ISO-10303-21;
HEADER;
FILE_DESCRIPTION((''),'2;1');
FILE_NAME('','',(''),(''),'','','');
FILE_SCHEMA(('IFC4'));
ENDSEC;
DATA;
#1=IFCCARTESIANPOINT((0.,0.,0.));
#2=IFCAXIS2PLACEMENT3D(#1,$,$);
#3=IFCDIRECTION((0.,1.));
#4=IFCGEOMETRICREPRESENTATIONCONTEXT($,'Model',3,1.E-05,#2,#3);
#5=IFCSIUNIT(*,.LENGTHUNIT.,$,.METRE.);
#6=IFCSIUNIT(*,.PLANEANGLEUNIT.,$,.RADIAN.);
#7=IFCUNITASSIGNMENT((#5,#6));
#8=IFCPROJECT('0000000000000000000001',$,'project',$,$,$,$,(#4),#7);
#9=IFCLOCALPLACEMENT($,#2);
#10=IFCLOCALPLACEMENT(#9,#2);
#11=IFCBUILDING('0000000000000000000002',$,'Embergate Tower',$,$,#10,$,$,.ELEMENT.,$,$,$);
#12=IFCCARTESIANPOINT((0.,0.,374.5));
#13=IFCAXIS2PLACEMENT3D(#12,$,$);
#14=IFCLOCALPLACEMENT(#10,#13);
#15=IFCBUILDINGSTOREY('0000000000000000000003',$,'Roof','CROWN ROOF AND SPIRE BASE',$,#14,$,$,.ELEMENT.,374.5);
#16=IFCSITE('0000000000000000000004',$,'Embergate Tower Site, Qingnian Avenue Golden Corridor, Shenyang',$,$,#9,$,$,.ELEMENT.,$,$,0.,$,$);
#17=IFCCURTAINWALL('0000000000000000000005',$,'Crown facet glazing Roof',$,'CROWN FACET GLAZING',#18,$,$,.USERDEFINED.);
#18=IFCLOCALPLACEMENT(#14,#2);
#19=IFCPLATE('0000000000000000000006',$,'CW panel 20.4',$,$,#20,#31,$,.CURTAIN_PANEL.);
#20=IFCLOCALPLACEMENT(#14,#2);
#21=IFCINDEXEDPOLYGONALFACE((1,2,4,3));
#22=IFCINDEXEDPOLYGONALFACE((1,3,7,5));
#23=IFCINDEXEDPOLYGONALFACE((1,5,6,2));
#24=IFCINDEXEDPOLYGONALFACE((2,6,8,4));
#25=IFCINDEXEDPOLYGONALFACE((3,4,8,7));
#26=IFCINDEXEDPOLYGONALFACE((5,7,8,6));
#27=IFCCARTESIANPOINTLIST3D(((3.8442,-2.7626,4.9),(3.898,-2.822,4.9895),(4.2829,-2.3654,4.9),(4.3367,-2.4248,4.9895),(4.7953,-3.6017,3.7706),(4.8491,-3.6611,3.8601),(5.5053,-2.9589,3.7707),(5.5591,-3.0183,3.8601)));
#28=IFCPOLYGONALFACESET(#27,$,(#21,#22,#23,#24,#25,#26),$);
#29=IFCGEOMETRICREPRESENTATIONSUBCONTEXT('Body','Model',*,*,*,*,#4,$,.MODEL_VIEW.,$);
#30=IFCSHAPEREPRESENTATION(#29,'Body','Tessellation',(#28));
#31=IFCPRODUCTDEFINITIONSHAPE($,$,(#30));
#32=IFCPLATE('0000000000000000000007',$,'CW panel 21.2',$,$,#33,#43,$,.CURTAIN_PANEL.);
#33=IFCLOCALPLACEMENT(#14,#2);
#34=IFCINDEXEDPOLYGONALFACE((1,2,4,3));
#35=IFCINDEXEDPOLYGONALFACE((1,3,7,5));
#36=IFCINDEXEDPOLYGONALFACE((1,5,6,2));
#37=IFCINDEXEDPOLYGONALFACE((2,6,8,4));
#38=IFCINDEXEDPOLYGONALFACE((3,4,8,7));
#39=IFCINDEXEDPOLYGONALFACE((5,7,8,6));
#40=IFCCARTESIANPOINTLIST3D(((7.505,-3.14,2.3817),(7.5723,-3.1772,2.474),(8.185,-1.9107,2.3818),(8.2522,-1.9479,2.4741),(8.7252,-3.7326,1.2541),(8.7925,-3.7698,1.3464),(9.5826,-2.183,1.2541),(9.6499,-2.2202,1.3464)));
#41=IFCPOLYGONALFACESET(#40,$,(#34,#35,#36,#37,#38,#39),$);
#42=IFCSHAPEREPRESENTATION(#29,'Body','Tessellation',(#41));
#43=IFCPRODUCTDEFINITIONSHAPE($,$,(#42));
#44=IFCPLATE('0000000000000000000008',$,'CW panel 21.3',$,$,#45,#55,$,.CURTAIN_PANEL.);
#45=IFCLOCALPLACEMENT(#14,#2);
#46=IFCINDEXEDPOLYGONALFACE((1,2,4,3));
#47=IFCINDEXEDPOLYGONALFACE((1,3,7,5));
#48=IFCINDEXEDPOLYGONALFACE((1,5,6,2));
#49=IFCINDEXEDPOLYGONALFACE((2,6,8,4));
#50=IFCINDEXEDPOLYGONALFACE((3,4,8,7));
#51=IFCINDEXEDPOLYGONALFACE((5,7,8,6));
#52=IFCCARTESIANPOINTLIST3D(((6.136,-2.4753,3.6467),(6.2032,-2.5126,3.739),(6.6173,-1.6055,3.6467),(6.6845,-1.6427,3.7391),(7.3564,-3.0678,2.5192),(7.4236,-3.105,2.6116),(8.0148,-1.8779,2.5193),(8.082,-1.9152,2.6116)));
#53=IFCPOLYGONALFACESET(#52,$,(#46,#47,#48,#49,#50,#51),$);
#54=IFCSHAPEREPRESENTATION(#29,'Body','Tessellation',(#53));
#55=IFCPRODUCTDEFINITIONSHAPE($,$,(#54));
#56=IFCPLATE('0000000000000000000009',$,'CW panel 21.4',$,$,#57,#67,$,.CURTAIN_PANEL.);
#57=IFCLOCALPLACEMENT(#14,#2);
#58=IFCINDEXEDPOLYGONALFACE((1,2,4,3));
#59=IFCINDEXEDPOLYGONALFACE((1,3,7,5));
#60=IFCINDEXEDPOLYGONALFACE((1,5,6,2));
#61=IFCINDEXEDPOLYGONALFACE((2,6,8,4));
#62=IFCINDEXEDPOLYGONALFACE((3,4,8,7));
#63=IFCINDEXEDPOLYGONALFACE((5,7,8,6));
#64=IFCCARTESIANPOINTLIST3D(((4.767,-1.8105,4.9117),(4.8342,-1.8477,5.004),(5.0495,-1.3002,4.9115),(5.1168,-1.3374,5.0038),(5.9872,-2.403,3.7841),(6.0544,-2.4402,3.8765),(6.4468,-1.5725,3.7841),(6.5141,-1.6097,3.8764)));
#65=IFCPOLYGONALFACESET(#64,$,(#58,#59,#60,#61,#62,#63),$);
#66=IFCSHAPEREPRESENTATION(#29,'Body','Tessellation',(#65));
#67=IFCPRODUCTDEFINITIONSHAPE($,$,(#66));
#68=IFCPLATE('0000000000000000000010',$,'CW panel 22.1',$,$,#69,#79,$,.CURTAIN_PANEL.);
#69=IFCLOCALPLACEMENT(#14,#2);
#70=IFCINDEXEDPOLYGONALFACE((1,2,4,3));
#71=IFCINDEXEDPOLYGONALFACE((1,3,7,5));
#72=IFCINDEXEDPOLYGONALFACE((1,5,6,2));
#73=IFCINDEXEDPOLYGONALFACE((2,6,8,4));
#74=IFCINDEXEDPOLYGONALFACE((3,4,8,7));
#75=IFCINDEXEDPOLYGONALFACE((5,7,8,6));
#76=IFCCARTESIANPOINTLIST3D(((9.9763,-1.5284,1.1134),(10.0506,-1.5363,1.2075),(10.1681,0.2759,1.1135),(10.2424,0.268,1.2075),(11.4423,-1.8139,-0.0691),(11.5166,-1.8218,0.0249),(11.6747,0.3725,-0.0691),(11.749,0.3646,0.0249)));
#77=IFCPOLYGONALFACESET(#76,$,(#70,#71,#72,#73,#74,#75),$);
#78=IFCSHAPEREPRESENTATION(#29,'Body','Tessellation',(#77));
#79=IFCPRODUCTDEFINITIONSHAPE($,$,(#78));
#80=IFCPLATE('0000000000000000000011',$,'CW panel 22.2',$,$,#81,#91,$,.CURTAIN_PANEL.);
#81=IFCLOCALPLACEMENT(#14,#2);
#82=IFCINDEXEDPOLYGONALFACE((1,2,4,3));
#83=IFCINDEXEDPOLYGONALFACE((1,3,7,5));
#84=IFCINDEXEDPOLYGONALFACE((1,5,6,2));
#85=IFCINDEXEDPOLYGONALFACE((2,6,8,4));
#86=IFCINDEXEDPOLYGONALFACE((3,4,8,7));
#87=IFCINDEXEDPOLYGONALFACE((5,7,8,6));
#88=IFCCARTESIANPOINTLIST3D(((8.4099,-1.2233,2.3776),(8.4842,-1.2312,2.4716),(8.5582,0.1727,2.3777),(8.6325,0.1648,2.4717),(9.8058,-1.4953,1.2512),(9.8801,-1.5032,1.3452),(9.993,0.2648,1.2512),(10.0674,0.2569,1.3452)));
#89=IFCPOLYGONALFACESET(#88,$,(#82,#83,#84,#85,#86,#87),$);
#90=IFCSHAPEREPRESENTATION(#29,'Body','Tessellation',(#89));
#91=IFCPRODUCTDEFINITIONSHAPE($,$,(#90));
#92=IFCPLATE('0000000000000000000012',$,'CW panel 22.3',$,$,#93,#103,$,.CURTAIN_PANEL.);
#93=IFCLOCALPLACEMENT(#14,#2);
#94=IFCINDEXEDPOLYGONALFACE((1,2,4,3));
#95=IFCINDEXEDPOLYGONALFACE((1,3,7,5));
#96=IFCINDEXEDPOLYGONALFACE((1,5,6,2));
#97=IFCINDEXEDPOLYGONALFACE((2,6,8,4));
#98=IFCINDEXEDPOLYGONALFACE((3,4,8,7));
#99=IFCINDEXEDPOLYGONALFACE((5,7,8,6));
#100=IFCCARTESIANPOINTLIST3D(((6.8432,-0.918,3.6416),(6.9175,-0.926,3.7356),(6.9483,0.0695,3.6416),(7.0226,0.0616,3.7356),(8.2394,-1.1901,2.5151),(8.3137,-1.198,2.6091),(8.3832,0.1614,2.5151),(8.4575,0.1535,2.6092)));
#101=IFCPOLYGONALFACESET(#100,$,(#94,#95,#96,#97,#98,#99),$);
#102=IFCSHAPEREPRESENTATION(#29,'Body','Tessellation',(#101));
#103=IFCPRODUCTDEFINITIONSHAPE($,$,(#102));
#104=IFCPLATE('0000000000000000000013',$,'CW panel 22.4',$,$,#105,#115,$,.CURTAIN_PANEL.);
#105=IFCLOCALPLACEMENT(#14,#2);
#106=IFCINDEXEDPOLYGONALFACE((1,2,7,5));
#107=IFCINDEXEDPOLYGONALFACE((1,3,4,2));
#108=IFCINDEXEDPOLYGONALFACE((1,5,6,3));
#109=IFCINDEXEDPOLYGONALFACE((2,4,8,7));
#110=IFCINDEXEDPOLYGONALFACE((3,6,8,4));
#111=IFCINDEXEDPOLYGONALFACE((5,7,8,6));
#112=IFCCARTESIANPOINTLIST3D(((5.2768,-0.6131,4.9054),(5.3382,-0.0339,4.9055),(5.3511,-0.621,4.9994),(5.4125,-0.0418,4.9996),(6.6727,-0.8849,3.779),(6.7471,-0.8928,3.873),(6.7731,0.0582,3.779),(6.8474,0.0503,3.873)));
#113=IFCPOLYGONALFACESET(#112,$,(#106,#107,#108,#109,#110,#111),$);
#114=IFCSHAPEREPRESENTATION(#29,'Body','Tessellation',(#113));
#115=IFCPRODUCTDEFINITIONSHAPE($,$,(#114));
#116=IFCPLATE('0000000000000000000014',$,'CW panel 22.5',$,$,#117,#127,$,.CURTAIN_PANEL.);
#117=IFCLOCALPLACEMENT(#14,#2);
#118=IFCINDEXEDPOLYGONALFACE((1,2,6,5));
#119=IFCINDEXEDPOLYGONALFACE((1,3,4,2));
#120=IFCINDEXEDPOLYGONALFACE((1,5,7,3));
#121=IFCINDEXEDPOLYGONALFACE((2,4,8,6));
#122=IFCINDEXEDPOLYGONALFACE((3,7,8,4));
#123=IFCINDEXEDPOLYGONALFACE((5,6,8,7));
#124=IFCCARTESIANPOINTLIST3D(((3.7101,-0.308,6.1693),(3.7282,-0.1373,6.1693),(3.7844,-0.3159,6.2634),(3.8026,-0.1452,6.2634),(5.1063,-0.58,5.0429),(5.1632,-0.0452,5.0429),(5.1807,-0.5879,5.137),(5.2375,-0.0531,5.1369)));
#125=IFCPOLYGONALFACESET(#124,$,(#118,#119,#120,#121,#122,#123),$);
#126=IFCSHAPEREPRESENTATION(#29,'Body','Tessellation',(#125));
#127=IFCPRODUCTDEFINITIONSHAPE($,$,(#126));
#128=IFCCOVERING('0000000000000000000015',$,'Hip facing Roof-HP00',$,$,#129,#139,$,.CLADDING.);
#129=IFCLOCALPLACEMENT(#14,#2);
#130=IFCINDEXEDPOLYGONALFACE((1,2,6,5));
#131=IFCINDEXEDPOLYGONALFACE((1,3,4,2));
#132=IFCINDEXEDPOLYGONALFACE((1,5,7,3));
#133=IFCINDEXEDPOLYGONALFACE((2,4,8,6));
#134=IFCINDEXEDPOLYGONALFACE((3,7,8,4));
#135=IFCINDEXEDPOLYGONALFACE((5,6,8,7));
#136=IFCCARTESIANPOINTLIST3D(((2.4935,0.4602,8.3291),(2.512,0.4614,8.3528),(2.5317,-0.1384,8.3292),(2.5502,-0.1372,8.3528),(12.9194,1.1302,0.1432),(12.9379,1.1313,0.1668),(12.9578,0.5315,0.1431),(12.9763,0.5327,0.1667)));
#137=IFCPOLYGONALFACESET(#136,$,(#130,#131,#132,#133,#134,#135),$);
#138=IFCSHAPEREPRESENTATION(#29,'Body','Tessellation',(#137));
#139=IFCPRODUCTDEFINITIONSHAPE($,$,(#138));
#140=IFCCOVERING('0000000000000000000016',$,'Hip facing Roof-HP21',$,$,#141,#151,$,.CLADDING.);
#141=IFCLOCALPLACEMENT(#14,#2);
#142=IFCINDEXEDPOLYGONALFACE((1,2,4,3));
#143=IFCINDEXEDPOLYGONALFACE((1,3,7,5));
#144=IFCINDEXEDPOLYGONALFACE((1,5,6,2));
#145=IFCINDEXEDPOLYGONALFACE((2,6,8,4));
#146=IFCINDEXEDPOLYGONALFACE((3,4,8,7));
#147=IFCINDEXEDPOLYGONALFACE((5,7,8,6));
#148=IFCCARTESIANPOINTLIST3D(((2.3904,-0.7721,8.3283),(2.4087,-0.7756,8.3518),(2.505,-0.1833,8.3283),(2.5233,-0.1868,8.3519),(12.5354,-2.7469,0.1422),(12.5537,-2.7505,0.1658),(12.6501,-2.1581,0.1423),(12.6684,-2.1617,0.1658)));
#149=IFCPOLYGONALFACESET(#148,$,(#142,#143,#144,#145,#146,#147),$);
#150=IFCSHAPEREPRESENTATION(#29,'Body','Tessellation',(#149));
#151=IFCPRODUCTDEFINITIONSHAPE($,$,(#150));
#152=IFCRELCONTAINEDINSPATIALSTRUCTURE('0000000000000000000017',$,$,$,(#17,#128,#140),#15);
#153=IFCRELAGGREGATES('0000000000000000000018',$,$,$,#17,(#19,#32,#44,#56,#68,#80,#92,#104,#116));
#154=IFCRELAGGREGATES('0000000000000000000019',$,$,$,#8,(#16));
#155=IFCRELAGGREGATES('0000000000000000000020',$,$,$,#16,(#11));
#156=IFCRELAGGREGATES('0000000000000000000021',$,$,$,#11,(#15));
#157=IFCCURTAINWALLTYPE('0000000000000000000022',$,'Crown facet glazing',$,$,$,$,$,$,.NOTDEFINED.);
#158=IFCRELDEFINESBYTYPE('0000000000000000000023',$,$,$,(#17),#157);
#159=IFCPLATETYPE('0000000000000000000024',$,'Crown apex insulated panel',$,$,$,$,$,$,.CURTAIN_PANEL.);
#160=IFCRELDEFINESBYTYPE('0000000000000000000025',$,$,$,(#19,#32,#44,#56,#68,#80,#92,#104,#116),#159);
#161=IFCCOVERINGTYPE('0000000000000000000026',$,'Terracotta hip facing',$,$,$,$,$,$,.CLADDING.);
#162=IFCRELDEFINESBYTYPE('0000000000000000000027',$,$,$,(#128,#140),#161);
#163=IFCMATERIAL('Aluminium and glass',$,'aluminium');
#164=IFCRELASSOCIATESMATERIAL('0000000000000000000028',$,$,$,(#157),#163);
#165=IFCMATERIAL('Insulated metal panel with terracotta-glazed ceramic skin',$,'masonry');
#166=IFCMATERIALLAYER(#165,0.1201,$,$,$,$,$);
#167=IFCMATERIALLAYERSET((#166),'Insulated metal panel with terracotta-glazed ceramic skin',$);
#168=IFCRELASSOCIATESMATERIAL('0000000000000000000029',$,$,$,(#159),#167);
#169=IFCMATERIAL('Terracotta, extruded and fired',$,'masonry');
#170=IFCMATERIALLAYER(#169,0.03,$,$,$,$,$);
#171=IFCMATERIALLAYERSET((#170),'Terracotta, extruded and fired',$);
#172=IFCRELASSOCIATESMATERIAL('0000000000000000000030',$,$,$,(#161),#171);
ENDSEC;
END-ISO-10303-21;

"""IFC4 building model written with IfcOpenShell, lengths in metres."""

from ifc_helpers import new_model, si_unit, direction, frame, origin, place, context, subcontext, project, spatial, polyline, outline, extrude, source, transform, mapped, material, layer, layer_set, type_object, element, aggregate, save


model = new_model("IFC4")

# Units and contexts
model_context = context("Model", 3, precision=1e-05, world=origin(), true_north=direction((0.0, 1.0)))
body_context = subcontext(model_context, "Body", "Model", "MODEL_VIEW")
ifc_project = project(units=[si_unit("LENGTHUNIT", "METRE"), si_unit("PLANEANGLEUNIT", "RADIAN")], contexts=[model_context])

# Site, building, storey
site_placement = place(None, origin())
site = spatial("IfcSite", under=ifc_project, at=site_placement, Name="Embergate Tower Site, Qingnian Avenue Golden Corridor, Shenyang", CompositionType="ELEMENT", RefElevation=0.0)
building_placement = place(site_placement, origin())
building = spatial("IfcBuilding", under=site, at=building_placement, Name="Embergate Tower", CompositionType="ELEMENT")
storey_placement = place(building_placement, frame((0.0, 0.0, 374.5)))
storey = spatial("IfcBuildingStorey", under=building, at=storey_placement, Name="Roof", Description="CROWN ROOF AND SPIRE BASE", CompositionType="ELEMENT", Elevation=374.5)

# Curtain wall, plates
ifc_material_1 = material(Name="Aluminium and glass", Category="aluminium")
curtain_wall_type = type_object("IfcCurtainWallType", Name="Crown facet glazing", PredefinedType="NOTDEFINED", material=ifc_material_1)
curtain_wall_placement = place(storey_placement, origin())
curtain_wall = element("IfcCurtainWall", 1, at=curtain_wall_placement, inside=storey, type_object=curtain_wall_type, Name="Crown facet glazing Roof", ObjectType="CROWN FACET GLAZING", PredefinedType="USERDEFINED")
ifc_material_2 = material(Name="Insulated metal panel with terracotta-glazed ceramic skin", Category="masonry")
ifc_layer_1 = layer(ifc_material_2, 0.1201)
ifc_layer_set_1 = layer_set([ifc_layer_1], Name="Insulated metal panel with terracotta-glazed ceramic skin")
plate_type = type_object("IfcPlateType", Name="Crown apex insulated panel", PredefinedType="CURTAIN_PANEL", material=ifc_layer_set_1)
shared_shape_1 = source(origin(), body_context, "Body", "SweptSolid", [
    extrude(outline(polyline([(0.0, 0.0), (0.9578, 0.0), (0.45, 1.6924), (-0.1418, 1.6924), (0.0, 0.0)])), origin(), (0.0, 0.0, -1.0), 0.1201),
])
plate_1_placement = place(storey_placement, frame((4.8491, -3.6611, 3.8601), z_axis=(0.447902, -0.49469, 0.744759), x_axis=(0.74129, 0.671184, 0.000004)))
plate_1 = element("IfcPlate", 2, at=plate_1_placement, type_object=plate_type, Name="CW panel 20.4", PredefinedType="CURTAIN_PANEL", context=body_context, shape_type="MappedRepresentation", body=[
    mapped(shared_shape_1, transform((0.0, 0.0, 0.0))),
])
shared_shape_2 = source(origin(), body_context, "Body", "SweptSolid", [
    extrude(outline(polyline([(0.0, 0.0), (1.771, 0.0), (1.3325, 1.7627), (-0.0723, 1.7625), (0.0, 0.0)])), origin(), (0.0, 0.0, -1.0), 0.1201),
])
plate_2_placement = place(storey_placement, frame((8.7925, -3.7698, 1.3464), z_axis=(0.559818, -0.309715, 0.768558), x_axis=(0.484131, 0.874996, -0.000034)))
plate_2 = element("IfcPlate", 3, at=plate_2_placement, type_object=plate_type, Name="CW panel 21.2", PredefinedType="CURTAIN_PANEL", context=body_context, shape_type="MappedRepresentation", body=[
    mapped(shared_shape_2, transform((0.0, 0.0, 0.0))),
])
shared_shape_3 = source(origin(), body_context, "Body", "SweptSolid", [
    extrude(outline(polyline([(0.0, 0.0), (1.3599, 0.0), (0.9216, 1.7625), (-0.0725, 1.7625), (0.0, 0.0)])), origin(), (0.0, 0.0, -1.0), 0.1201),
])
plate_3_placement = place(storey_placement, frame((7.4236, -3.105, 2.6116), z_axis=(0.559705, -0.309775, 0.768616), x_axis=(0.484196, 0.87496, 0.000044)))
plate_3 = element("IfcPlate", 4, at=plate_3_placement, type_object=plate_type, Name="CW panel 21.3", PredefinedType="CURTAIN_PANEL", context=body_context, shape_type="MappedRepresentation", body=[
    mapped(shared_shape_3, transform((0.0, 0.0, 0.0))),
])
shared_shape_4 = source(origin(), body_context, "Body", "SweptSolid", [
    extrude(outline(polyline([(0.0, 0.0), (0.9492, 0.0), (0.5107, 1.7622), (-0.0725, 1.7625), (0.0, 0.0)])), origin(), (0.0, 0.0, -1.0), 0.1201),
])
plate_4_placement = place(storey_placement, frame((6.0544, -2.4402, 3.8765), z_axis=(0.5598, -0.309728, 0.768565), x_axis=(0.484208, 0.874953, -0.000081)))
plate_4 = element("IfcPlate", 5, at=plate_4_placement, type_object=plate_type, Name="CW panel 21.4", PredefinedType="CURTAIN_PANEL", context=body_context, shape_type="MappedRepresentation", body=[
    mapped(shared_shape_4, transform((0.0, 0.0, 0.0))),
])
shared_shape_5 = source(origin(), body_context, "Body", "SweptSolid", [
    extrude(outline(polyline([(0.0, 0.0), (2.1987, 0.0), (1.9434, 1.9006), (0.1289, 1.9006), (0.0, 0.0)])), origin(), (0.0, 0.0, -1.0), 0.1201),
])
plate_5_placement = place(storey_placement, frame((11.5166, -1.8218, 0.0249), z_axis=(0.618715, -0.065781, 0.782857), x_axis=(0.10571, 0.994397, 0.00001)))
plate_5 = element("IfcPlate", 6, at=plate_5_placement, type_object=plate_type, Name="CW panel 22.1", PredefinedType="CURTAIN_PANEL", context=body_context, shape_type="MappedRepresentation", body=[
    mapped(shared_shape_5, transform((0.0, 0.0, 0.0))),
])
shared_shape_6 = source(origin(), body_context, "Body", "SweptSolid", [
    extrude(outline(polyline([(0.0, 0.0), (1.77, 0.0), (1.5266, 1.8103), (0.1228, 1.8101), (0.0, 0.0)])), origin(), (0.0, 0.0, -1.0), 0.1201),
])
plate_6_placement = place(storey_placement, frame((9.8801, -1.5032, 1.3452), z_axis=(0.618803, -0.06582, 0.782784), x_axis=(0.105787, 0.994389, -0.000014)))
plate_6 = element("IfcPlate", 7, at=plate_6_placement, type_object=plate_type, Name="CW panel 22.2", PredefinedType="CURTAIN_PANEL", context=body_context, shape_type="MappedRepresentation", body=[
    mapped(shared_shape_6, transform((0.0, 0.0, 0.0))),
])
shared_shape_7 = source(origin(), body_context, "Body", "SweptSolid", [
    extrude(outline(polyline([(0.0, 0.0), (1.3591, 0.0), (1.116, 1.8103), (0.1228, 1.8103), (0.0, 0.0)])), origin(), (0.0, 0.0, -1.0), 0.1201),
])
plate_7_placement = place(storey_placement, frame((8.3137, -1.198, 2.6091), z_axis=(0.618766, -0.065874, 0.782809), x_axis=(0.105823, 0.994385, 0.000032)))
plate_7 = element("IfcPlate", 8, at=plate_7_placement, type_object=plate_type, Name="CW panel 22.3", PredefinedType="CURTAIN_PANEL", context=body_context, shape_type="MappedRepresentation", body=[
    mapped(shared_shape_7, transform((0.0, 0.0, 0.0))),
])
shared_shape_8 = source(origin(), body_context, "Body", "SweptSolid", [
    extrude(outline(polyline([(0.0, 0.0), (0.9485, 0.0), (0.7051, 1.8103), (0.1226, 1.8101), (0.0, 0.0)])), origin(), (0.0, 0.0, -1.0), 0.1201),
])
plate_8_placement = place(storey_placement, frame((6.7471, -0.8928, 3.873), z_axis=(0.618809, -0.065791, 0.782782), x_axis=(0.105768, 0.994391, -0.000037)))
plate_8 = element("IfcPlate", 9, at=plate_8_placement, type_object=plate_type, Name="CW panel 22.4", PredefinedType="CURTAIN_PANEL", context=body_context, shape_type="MappedRepresentation", body=[
    mapped(shared_shape_8, transform((0.0, 0.0, 0.0))),
])
shared_shape_9 = source(origin(), body_context, "Body", "SweptSolid", [
    extrude(outline(polyline([(0.0, 0.0), (0.5378, 0.0), (0.2944, 1.8103), (0.1228, 1.8103), (0.0, 0.0)])), origin(), (0.0, 0.0, -1.0), 0.1201),
])
plate_9_placement = place(storey_placement, frame((5.1807, -0.5879, 5.137), z_axis=(0.618748, -0.065729, 0.782835), x_axis=(0.105704, 0.994398, -0.000056)))
plate_9 = element("IfcPlate", 10, at=plate_9_placement, type_object=plate_type, Name="CW panel 22.5", PredefinedType="CURTAIN_PANEL", context=body_context, shape_type="MappedRepresentation", body=[
    mapped(shared_shape_9, transform((0.0, 0.0, 0.0))),
])
aggregate(curtain_wall, [plate_1, plate_2, plate_3, plate_4, plate_5, plate_6, plate_7, plate_8, plate_9])

# Coverings
ifc_material_3 = material(Name="Terracotta, extruded and fired", Category="masonry")
ifc_layer_2 = layer(ifc_material_3, 0.03)
ifc_layer_set_2 = layer_set([ifc_layer_2], Name="Terracotta, extruded and fired")
covering_type = type_object("IfcCoveringType", Name="Terracotta hip facing", PredefinedType="CLADDING", material=ifc_layer_set_2)
shared_shape_10 = source(origin(), body_context, "Body", "SweptSolid", [
    extrude(outline(polyline([(0.0, 0.0), (13.2727, 0.0), (13.2725, -0.5999), (0.0, -0.5999), (0.0, 0.0)])), origin(), (0.0, 0.0, -1.0), 0.03),
])
covering_1_placement = place(storey_placement, frame((12.9763, 0.5327, 0.1667), z_axis=(0.615501, 0.03941, 0.78715), x_axis=(-0.78553, -0.050474, 0.616762)))
element("IfcCovering", 11, at=covering_1_placement, inside=storey, type_object=covering_type, Name="Hip facing Roof-HP00", PredefinedType="CLADDING", context=body_context, shape_type="MappedRepresentation", body=[
    mapped(shared_shape_10, transform((0.0, 0.0, 0.0))),
])
shared_shape_11 = source(origin(), body_context, "Body", "SweptSolid", [
    extrude(outline(polyline([(0.0, 0.0), (13.1846, 0.0), (13.1846, -0.5999), (0.0, -0.5999), (0.0, 0.0)])), origin(), (0.0, 0.0, -1.0), 0.03),
])
covering_2_placement = place(storey_placement, frame((12.5537, -2.7505, 0.1658), z_axis=(0.609418, -0.118751, 0.783905), x_axis=(-0.769462, 0.149785, 0.62088)))
element("IfcCovering", 12, at=covering_2_placement, inside=storey, type_object=covering_type, Name="Hip facing Roof-HP21", PredefinedType="CLADDING", context=body_context, shape_type="MappedRepresentation", body=[
    mapped(shared_shape_11, transform((0.0, 0.0, 0.0))),
])

save(model, "model.ifc")
